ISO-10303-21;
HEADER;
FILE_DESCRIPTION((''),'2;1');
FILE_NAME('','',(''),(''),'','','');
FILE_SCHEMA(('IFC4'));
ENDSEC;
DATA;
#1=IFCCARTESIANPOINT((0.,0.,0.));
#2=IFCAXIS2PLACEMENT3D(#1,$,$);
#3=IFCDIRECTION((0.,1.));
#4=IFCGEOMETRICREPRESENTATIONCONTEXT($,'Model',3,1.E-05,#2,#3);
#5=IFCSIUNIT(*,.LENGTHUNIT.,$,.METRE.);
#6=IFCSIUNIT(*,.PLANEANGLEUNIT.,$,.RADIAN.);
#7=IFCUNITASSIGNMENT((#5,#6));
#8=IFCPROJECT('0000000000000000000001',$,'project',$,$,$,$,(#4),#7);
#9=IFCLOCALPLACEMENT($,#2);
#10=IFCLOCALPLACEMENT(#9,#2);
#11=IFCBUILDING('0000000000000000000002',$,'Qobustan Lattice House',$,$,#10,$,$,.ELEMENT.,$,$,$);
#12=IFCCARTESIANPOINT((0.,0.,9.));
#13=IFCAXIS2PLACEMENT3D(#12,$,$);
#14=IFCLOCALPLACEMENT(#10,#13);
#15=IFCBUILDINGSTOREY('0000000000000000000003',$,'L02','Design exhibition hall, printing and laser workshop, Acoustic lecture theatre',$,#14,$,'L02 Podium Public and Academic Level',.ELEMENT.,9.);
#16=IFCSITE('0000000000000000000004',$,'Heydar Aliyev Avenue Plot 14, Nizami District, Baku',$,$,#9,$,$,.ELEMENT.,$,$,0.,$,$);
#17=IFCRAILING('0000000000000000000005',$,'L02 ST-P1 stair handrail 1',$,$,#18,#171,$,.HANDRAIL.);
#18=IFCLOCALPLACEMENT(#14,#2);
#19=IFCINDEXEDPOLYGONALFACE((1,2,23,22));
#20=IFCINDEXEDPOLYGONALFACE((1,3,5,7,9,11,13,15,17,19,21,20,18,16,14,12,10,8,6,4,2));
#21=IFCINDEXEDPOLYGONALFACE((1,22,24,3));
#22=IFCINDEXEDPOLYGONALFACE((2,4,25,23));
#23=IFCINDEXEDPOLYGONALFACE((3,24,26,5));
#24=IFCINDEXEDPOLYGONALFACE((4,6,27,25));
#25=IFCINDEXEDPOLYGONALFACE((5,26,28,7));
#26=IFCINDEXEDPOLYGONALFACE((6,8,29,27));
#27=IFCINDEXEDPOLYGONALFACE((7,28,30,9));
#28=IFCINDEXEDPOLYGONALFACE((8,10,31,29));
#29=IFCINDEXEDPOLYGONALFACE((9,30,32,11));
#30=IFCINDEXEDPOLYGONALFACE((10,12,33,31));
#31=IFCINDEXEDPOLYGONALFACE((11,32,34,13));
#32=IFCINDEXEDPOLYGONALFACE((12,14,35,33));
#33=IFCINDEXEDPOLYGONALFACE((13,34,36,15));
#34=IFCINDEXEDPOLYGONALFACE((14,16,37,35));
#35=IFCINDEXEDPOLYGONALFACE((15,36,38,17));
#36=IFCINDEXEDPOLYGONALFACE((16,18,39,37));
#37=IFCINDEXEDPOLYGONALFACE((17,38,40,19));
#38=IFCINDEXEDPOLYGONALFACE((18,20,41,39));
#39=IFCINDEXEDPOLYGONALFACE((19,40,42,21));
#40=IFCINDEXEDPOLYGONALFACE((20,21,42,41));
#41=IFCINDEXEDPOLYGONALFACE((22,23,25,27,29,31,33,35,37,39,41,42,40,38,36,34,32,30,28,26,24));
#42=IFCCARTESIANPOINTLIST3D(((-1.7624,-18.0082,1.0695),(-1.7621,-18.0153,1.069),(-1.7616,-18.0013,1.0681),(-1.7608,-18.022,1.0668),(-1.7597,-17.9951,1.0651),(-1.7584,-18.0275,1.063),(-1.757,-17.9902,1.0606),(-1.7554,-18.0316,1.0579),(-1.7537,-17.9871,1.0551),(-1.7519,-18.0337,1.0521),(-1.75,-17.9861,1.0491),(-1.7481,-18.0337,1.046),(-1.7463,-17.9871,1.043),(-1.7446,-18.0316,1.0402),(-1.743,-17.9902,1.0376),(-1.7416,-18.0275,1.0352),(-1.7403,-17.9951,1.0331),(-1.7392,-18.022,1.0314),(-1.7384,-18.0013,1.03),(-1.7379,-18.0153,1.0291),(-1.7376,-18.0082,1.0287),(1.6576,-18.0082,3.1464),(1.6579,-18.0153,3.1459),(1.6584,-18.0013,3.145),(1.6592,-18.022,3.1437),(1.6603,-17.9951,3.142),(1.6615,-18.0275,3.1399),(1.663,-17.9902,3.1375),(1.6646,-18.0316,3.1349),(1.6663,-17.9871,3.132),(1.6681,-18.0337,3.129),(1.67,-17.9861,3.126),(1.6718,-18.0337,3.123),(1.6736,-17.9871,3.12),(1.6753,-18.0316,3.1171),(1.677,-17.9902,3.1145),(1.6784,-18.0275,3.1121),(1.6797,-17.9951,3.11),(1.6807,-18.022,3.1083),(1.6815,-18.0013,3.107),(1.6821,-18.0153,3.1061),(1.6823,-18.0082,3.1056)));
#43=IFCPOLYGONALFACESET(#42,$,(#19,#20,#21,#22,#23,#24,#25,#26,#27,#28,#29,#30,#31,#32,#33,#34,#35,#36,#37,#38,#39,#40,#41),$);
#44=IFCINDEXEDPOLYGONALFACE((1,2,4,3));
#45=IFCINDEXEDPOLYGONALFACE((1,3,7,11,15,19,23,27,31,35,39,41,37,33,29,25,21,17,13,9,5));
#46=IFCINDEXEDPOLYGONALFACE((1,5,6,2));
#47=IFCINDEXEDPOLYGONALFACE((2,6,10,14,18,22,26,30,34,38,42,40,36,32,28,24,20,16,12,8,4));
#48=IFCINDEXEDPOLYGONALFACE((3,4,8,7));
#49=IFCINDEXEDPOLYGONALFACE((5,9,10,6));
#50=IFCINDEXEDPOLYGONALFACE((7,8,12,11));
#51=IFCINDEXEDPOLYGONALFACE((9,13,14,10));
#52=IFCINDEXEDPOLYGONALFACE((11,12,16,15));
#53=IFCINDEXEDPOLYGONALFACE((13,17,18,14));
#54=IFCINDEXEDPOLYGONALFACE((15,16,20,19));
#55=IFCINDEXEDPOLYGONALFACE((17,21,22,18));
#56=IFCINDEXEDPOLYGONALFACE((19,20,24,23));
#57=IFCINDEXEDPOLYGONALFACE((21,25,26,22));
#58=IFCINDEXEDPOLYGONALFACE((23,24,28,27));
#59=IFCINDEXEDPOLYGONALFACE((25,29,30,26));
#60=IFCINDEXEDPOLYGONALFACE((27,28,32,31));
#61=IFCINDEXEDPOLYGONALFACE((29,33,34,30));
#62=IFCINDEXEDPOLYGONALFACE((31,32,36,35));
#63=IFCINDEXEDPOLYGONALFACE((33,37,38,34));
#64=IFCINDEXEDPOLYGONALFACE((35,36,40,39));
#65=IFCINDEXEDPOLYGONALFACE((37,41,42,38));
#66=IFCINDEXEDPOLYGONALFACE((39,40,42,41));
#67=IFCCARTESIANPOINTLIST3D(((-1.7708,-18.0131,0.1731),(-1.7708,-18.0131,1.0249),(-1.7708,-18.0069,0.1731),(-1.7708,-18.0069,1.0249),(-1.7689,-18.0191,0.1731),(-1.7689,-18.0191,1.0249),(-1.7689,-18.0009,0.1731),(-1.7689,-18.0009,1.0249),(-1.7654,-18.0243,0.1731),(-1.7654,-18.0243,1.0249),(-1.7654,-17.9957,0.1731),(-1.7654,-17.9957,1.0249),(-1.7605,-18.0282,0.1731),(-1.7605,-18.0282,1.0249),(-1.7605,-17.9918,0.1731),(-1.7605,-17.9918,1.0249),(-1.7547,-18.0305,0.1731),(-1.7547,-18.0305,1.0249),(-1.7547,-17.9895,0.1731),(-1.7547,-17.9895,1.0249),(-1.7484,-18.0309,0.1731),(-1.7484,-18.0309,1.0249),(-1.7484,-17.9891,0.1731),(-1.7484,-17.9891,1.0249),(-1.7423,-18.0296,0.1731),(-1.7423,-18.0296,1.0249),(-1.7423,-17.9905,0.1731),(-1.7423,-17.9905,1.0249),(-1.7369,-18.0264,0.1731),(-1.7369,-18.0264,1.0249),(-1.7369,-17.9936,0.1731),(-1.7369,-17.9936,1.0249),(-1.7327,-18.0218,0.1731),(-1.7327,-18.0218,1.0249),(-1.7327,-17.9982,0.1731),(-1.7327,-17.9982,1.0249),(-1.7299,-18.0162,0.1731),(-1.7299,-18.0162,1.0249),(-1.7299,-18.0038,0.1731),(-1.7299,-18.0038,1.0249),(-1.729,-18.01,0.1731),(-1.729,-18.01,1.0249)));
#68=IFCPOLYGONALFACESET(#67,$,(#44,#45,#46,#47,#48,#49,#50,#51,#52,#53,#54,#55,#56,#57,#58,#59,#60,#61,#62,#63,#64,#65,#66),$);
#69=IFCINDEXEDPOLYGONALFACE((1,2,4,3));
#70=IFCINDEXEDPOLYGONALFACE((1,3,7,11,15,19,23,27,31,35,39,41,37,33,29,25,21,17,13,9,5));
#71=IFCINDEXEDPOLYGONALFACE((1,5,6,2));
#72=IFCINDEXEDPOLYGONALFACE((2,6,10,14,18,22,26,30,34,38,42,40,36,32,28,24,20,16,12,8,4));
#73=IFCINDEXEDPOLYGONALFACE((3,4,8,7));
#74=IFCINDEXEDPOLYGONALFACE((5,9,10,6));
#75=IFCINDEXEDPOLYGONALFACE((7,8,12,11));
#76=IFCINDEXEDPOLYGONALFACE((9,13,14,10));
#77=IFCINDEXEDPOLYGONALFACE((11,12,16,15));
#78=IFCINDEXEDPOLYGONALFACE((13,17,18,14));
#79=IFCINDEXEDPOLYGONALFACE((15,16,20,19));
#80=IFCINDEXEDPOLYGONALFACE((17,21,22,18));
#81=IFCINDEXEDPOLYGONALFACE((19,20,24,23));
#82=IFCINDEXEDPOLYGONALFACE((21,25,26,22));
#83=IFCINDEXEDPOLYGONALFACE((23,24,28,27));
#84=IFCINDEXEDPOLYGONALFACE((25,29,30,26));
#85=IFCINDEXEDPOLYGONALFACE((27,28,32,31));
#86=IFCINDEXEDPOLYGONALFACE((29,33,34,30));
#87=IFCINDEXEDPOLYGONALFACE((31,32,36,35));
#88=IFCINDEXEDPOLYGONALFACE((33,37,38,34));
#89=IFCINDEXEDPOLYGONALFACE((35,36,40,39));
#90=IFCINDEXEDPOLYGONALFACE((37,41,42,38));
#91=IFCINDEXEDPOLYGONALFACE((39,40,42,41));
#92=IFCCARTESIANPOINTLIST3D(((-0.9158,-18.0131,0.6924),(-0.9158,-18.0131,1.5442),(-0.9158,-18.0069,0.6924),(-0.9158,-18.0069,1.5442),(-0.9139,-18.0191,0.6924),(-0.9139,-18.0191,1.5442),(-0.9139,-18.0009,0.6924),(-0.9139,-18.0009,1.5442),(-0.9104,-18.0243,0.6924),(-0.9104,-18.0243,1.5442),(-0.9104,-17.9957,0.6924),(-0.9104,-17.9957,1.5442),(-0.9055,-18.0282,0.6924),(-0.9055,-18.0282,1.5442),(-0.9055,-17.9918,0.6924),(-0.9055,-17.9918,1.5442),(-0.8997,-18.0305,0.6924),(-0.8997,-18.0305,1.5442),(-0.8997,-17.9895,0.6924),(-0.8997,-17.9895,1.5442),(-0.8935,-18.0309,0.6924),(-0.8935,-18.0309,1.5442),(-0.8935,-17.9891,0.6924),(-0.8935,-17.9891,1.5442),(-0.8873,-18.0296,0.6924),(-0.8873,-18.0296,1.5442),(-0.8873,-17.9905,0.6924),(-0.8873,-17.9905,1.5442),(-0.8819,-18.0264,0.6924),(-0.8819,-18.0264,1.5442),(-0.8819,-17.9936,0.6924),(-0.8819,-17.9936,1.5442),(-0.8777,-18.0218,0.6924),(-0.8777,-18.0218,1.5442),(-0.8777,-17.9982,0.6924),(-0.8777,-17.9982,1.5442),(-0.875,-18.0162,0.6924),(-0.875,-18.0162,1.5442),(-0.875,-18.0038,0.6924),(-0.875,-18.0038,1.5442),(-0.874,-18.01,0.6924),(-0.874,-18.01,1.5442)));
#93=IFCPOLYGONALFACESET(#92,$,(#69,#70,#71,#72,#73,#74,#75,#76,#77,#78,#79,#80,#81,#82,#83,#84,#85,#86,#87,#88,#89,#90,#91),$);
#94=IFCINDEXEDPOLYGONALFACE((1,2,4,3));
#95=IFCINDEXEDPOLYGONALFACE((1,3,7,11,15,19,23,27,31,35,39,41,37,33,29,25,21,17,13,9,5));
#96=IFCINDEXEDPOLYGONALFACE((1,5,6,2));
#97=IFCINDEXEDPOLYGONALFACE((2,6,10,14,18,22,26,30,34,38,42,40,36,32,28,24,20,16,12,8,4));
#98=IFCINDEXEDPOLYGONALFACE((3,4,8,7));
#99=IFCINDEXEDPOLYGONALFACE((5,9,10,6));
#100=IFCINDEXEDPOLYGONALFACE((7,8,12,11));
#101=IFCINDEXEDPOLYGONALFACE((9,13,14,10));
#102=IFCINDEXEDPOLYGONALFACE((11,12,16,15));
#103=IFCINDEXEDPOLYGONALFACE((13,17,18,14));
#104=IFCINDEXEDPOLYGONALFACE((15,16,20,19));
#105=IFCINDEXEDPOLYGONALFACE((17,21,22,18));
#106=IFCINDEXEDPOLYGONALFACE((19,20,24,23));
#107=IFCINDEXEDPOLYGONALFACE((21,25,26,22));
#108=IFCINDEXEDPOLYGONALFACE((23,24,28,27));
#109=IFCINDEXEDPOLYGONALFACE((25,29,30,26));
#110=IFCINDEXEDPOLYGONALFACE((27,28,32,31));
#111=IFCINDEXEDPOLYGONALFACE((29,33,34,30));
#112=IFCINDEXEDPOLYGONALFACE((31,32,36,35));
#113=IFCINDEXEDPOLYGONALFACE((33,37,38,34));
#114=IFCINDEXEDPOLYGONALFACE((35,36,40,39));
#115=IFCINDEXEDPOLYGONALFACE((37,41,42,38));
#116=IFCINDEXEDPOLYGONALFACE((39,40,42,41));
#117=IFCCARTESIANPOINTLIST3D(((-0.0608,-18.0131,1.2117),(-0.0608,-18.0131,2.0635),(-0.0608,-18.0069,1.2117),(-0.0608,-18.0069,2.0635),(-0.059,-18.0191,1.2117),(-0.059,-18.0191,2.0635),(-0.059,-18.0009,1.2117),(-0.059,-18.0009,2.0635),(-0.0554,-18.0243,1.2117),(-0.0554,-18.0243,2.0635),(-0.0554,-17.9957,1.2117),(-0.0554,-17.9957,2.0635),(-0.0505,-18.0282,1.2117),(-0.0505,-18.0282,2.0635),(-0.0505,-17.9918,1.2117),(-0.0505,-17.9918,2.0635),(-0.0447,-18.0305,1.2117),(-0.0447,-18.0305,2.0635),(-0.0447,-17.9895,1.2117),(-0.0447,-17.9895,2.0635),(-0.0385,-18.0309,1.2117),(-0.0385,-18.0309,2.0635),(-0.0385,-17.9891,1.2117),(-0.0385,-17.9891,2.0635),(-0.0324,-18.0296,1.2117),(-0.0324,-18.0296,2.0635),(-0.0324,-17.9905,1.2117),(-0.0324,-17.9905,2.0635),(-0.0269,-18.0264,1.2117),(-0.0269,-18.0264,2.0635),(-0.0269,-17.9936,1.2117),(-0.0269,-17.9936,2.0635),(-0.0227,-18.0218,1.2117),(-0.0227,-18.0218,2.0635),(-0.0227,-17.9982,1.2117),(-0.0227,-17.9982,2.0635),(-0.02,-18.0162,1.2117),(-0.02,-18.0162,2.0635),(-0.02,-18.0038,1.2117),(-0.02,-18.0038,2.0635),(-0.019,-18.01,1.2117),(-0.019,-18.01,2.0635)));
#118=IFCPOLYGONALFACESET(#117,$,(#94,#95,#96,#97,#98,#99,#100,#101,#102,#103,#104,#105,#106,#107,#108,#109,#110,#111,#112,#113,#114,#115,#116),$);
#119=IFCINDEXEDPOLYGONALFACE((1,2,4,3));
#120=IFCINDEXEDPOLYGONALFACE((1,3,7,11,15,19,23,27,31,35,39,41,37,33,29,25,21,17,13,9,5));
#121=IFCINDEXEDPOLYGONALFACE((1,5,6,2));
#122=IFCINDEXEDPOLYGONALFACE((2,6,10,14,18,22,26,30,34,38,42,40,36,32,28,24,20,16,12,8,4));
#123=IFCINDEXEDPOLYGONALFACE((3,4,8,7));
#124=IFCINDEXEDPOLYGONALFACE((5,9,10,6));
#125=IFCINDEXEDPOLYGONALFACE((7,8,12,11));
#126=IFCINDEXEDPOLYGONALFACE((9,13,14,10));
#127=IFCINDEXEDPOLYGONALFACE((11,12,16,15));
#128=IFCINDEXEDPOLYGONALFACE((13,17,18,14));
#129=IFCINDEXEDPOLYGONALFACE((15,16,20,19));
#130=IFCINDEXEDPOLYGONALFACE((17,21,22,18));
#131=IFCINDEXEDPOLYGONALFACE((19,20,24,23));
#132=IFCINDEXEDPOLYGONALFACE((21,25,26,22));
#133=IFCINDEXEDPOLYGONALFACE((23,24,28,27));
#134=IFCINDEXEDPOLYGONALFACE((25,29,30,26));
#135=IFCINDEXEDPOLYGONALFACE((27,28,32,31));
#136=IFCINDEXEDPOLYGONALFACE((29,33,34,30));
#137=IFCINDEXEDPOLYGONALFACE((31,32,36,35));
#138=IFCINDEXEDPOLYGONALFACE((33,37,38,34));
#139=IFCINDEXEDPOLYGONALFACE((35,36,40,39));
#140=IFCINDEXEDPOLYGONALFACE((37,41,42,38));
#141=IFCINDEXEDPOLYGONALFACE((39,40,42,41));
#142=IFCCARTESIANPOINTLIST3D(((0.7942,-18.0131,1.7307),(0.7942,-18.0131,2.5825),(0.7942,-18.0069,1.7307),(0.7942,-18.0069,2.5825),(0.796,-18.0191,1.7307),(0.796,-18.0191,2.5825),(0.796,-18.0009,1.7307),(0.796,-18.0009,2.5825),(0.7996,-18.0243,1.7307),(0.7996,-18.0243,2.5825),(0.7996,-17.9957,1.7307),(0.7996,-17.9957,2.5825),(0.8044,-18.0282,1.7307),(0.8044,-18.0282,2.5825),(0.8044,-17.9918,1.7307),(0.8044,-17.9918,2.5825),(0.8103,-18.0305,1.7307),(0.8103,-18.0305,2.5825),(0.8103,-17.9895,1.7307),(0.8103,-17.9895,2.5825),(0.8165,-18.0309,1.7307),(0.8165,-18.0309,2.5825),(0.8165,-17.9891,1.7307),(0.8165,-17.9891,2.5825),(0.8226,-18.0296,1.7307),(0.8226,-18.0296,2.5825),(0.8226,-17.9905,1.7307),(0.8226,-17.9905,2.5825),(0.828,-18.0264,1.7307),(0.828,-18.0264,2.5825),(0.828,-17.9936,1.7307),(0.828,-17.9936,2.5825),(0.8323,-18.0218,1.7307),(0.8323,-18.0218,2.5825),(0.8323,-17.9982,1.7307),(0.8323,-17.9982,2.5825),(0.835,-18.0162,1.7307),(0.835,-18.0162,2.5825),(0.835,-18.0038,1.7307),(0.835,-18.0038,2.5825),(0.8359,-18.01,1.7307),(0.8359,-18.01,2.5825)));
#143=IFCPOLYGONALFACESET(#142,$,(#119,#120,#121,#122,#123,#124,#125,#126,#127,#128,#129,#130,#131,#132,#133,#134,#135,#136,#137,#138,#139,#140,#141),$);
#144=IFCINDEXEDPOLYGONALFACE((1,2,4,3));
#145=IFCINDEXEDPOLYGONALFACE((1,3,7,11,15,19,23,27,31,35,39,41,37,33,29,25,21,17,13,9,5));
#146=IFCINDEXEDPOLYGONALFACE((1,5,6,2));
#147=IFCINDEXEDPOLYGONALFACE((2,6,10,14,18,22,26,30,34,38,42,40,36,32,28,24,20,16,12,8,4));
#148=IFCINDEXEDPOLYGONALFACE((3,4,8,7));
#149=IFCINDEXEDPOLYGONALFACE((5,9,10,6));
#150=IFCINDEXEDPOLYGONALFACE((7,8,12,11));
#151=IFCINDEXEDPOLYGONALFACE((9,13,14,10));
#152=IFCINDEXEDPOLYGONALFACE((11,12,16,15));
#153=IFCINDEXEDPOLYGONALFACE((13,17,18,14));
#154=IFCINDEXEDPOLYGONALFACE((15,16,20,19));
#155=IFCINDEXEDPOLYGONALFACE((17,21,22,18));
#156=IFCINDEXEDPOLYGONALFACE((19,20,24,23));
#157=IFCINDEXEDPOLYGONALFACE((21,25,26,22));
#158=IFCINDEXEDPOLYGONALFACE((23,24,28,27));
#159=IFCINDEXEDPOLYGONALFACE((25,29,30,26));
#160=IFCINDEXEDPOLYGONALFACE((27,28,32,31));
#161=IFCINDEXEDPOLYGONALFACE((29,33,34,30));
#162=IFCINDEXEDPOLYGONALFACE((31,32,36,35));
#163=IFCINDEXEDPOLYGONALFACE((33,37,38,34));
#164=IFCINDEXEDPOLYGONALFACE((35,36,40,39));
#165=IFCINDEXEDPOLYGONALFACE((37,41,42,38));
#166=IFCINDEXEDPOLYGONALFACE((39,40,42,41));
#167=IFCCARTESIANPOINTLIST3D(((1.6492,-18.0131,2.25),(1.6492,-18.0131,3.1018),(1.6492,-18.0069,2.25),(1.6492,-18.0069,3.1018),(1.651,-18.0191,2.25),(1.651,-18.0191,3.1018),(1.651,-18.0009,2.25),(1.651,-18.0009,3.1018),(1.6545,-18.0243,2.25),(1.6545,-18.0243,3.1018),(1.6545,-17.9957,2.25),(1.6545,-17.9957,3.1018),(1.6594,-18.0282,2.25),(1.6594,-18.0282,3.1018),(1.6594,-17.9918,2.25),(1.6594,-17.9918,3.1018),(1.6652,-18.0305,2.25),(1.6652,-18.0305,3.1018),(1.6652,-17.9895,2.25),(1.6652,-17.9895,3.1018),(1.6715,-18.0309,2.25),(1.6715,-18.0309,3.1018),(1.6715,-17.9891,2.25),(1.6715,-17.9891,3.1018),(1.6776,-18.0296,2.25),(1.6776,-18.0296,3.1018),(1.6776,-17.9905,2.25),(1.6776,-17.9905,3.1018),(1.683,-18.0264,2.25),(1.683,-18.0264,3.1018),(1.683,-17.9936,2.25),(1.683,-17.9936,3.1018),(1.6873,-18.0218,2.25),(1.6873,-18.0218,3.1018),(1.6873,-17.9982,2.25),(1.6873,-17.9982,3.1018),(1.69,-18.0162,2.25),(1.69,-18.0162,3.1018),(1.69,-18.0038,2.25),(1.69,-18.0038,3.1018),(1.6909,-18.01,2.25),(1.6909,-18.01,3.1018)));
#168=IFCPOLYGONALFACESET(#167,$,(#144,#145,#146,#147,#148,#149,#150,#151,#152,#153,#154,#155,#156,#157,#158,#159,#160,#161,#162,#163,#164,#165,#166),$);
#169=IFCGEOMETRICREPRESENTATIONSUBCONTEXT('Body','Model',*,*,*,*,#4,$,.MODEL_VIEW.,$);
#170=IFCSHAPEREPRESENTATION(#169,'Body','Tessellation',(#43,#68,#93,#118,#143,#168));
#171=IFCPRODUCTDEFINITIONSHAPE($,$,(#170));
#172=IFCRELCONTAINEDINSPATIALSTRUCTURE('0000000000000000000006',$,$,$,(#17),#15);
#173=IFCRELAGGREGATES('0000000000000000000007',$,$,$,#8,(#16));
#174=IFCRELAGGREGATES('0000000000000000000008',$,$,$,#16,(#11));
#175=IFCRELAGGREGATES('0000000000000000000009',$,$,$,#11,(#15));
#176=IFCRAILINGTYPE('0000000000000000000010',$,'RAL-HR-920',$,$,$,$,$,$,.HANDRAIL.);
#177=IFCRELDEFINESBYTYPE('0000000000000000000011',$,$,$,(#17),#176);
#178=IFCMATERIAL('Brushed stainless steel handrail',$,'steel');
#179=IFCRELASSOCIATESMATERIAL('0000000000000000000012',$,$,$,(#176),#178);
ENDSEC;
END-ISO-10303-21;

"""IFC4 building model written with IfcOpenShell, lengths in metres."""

from ifc_helpers import new_model, si_unit, direction, frame, origin, origin_2d, place, context, subcontext, project, spatial, circle, extrude, material, type_object, element, save


model = new_model("IFC4")

# Units and contexts
model_context = context("Model", 3, precision=1e-05, world=origin(), true_north=direction((0.0, 1.0)))
body_context = subcontext(model_context, "Body", "Model", "MODEL_VIEW")
ifc_project = project(units=[si_unit("LENGTHUNIT", "METRE"), si_unit("PLANEANGLEUNIT", "RADIAN")], contexts=[model_context])

# Site, building, storey
site_placement = place(None, origin())
site = spatial("IfcSite", under=ifc_project, at=site_placement, Name="Heydar Aliyev Avenue Plot 14, Nizami District, Baku", CompositionType="ELEMENT", RefElevation=0.0)
building_placement = place(site_placement, origin())
building = spatial("IfcBuilding", under=site, at=building_placement, Name="Qobustan Lattice House", CompositionType="ELEMENT")
storey_placement = place(building_placement, frame((0.0, 0.0, 9.0)))
storey = spatial("IfcBuildingStorey", under=building, at=storey_placement, Name="L02", Description="Design exhibition hall, printing and laser workshop, Acoustic lecture theatre", LongName="L02 Podium Public and Academic Level", CompositionType="ELEMENT", Elevation=9.0)

# Railing
ifc_material_1 = material(Name="Brushed stainless steel handrail", Category="steel")
railing_type = type_object("IfcRailingType", Name="RAL-HR-920", PredefinedType="HANDRAIL", material=ifc_material_1)
railing_placement = place(storey_placement, frame((-1.75, -18.01, 0.1731)))
element("IfcRailing", 1, at=railing_placement, inside=storey, type_object=railing_type, Name="L02 ST-P1 stair handrail 1", PredefinedType="HANDRAIL", context=body_context, shape_type="SweptSolid", body=[
    extrude(circle(Radius=0.0239, at=origin_2d()), frame((0.0, 0.0, 0.876), z_axis=(0.85473, 0.0, 0.519074), x_axis=(0.0, 1.0, 0.0)), (0.0, 0.0, 1.0), 4.0012),
    extrude(circle(Radius=0.021, at=origin_2d()), origin(), (0.0, 0.0, 1.0), 0.8518),
    extrude(circle(Radius=0.021, at=origin_2d()), frame((0.855, 0.0, 0.5193)), (0.0, 0.0, 1.0), 0.8518),
    extrude(circle(Radius=0.021, at=origin_2d()), frame((1.71, 0.0, 1.0386)), (0.0, 0.0, 1.0), 0.8518),
    extrude(circle(Radius=0.021, at=origin_2d()), frame((2.5649, 0.0, 1.5576)), (0.0, 0.0, 1.0), 0.8518),
    extrude(circle(Radius=0.021, at=origin_2d()), frame((3.4199, 0.0, 2.0769)), (0.0, 0.0, 1.0), 0.8518),
])

save(model, "model.ifc")
